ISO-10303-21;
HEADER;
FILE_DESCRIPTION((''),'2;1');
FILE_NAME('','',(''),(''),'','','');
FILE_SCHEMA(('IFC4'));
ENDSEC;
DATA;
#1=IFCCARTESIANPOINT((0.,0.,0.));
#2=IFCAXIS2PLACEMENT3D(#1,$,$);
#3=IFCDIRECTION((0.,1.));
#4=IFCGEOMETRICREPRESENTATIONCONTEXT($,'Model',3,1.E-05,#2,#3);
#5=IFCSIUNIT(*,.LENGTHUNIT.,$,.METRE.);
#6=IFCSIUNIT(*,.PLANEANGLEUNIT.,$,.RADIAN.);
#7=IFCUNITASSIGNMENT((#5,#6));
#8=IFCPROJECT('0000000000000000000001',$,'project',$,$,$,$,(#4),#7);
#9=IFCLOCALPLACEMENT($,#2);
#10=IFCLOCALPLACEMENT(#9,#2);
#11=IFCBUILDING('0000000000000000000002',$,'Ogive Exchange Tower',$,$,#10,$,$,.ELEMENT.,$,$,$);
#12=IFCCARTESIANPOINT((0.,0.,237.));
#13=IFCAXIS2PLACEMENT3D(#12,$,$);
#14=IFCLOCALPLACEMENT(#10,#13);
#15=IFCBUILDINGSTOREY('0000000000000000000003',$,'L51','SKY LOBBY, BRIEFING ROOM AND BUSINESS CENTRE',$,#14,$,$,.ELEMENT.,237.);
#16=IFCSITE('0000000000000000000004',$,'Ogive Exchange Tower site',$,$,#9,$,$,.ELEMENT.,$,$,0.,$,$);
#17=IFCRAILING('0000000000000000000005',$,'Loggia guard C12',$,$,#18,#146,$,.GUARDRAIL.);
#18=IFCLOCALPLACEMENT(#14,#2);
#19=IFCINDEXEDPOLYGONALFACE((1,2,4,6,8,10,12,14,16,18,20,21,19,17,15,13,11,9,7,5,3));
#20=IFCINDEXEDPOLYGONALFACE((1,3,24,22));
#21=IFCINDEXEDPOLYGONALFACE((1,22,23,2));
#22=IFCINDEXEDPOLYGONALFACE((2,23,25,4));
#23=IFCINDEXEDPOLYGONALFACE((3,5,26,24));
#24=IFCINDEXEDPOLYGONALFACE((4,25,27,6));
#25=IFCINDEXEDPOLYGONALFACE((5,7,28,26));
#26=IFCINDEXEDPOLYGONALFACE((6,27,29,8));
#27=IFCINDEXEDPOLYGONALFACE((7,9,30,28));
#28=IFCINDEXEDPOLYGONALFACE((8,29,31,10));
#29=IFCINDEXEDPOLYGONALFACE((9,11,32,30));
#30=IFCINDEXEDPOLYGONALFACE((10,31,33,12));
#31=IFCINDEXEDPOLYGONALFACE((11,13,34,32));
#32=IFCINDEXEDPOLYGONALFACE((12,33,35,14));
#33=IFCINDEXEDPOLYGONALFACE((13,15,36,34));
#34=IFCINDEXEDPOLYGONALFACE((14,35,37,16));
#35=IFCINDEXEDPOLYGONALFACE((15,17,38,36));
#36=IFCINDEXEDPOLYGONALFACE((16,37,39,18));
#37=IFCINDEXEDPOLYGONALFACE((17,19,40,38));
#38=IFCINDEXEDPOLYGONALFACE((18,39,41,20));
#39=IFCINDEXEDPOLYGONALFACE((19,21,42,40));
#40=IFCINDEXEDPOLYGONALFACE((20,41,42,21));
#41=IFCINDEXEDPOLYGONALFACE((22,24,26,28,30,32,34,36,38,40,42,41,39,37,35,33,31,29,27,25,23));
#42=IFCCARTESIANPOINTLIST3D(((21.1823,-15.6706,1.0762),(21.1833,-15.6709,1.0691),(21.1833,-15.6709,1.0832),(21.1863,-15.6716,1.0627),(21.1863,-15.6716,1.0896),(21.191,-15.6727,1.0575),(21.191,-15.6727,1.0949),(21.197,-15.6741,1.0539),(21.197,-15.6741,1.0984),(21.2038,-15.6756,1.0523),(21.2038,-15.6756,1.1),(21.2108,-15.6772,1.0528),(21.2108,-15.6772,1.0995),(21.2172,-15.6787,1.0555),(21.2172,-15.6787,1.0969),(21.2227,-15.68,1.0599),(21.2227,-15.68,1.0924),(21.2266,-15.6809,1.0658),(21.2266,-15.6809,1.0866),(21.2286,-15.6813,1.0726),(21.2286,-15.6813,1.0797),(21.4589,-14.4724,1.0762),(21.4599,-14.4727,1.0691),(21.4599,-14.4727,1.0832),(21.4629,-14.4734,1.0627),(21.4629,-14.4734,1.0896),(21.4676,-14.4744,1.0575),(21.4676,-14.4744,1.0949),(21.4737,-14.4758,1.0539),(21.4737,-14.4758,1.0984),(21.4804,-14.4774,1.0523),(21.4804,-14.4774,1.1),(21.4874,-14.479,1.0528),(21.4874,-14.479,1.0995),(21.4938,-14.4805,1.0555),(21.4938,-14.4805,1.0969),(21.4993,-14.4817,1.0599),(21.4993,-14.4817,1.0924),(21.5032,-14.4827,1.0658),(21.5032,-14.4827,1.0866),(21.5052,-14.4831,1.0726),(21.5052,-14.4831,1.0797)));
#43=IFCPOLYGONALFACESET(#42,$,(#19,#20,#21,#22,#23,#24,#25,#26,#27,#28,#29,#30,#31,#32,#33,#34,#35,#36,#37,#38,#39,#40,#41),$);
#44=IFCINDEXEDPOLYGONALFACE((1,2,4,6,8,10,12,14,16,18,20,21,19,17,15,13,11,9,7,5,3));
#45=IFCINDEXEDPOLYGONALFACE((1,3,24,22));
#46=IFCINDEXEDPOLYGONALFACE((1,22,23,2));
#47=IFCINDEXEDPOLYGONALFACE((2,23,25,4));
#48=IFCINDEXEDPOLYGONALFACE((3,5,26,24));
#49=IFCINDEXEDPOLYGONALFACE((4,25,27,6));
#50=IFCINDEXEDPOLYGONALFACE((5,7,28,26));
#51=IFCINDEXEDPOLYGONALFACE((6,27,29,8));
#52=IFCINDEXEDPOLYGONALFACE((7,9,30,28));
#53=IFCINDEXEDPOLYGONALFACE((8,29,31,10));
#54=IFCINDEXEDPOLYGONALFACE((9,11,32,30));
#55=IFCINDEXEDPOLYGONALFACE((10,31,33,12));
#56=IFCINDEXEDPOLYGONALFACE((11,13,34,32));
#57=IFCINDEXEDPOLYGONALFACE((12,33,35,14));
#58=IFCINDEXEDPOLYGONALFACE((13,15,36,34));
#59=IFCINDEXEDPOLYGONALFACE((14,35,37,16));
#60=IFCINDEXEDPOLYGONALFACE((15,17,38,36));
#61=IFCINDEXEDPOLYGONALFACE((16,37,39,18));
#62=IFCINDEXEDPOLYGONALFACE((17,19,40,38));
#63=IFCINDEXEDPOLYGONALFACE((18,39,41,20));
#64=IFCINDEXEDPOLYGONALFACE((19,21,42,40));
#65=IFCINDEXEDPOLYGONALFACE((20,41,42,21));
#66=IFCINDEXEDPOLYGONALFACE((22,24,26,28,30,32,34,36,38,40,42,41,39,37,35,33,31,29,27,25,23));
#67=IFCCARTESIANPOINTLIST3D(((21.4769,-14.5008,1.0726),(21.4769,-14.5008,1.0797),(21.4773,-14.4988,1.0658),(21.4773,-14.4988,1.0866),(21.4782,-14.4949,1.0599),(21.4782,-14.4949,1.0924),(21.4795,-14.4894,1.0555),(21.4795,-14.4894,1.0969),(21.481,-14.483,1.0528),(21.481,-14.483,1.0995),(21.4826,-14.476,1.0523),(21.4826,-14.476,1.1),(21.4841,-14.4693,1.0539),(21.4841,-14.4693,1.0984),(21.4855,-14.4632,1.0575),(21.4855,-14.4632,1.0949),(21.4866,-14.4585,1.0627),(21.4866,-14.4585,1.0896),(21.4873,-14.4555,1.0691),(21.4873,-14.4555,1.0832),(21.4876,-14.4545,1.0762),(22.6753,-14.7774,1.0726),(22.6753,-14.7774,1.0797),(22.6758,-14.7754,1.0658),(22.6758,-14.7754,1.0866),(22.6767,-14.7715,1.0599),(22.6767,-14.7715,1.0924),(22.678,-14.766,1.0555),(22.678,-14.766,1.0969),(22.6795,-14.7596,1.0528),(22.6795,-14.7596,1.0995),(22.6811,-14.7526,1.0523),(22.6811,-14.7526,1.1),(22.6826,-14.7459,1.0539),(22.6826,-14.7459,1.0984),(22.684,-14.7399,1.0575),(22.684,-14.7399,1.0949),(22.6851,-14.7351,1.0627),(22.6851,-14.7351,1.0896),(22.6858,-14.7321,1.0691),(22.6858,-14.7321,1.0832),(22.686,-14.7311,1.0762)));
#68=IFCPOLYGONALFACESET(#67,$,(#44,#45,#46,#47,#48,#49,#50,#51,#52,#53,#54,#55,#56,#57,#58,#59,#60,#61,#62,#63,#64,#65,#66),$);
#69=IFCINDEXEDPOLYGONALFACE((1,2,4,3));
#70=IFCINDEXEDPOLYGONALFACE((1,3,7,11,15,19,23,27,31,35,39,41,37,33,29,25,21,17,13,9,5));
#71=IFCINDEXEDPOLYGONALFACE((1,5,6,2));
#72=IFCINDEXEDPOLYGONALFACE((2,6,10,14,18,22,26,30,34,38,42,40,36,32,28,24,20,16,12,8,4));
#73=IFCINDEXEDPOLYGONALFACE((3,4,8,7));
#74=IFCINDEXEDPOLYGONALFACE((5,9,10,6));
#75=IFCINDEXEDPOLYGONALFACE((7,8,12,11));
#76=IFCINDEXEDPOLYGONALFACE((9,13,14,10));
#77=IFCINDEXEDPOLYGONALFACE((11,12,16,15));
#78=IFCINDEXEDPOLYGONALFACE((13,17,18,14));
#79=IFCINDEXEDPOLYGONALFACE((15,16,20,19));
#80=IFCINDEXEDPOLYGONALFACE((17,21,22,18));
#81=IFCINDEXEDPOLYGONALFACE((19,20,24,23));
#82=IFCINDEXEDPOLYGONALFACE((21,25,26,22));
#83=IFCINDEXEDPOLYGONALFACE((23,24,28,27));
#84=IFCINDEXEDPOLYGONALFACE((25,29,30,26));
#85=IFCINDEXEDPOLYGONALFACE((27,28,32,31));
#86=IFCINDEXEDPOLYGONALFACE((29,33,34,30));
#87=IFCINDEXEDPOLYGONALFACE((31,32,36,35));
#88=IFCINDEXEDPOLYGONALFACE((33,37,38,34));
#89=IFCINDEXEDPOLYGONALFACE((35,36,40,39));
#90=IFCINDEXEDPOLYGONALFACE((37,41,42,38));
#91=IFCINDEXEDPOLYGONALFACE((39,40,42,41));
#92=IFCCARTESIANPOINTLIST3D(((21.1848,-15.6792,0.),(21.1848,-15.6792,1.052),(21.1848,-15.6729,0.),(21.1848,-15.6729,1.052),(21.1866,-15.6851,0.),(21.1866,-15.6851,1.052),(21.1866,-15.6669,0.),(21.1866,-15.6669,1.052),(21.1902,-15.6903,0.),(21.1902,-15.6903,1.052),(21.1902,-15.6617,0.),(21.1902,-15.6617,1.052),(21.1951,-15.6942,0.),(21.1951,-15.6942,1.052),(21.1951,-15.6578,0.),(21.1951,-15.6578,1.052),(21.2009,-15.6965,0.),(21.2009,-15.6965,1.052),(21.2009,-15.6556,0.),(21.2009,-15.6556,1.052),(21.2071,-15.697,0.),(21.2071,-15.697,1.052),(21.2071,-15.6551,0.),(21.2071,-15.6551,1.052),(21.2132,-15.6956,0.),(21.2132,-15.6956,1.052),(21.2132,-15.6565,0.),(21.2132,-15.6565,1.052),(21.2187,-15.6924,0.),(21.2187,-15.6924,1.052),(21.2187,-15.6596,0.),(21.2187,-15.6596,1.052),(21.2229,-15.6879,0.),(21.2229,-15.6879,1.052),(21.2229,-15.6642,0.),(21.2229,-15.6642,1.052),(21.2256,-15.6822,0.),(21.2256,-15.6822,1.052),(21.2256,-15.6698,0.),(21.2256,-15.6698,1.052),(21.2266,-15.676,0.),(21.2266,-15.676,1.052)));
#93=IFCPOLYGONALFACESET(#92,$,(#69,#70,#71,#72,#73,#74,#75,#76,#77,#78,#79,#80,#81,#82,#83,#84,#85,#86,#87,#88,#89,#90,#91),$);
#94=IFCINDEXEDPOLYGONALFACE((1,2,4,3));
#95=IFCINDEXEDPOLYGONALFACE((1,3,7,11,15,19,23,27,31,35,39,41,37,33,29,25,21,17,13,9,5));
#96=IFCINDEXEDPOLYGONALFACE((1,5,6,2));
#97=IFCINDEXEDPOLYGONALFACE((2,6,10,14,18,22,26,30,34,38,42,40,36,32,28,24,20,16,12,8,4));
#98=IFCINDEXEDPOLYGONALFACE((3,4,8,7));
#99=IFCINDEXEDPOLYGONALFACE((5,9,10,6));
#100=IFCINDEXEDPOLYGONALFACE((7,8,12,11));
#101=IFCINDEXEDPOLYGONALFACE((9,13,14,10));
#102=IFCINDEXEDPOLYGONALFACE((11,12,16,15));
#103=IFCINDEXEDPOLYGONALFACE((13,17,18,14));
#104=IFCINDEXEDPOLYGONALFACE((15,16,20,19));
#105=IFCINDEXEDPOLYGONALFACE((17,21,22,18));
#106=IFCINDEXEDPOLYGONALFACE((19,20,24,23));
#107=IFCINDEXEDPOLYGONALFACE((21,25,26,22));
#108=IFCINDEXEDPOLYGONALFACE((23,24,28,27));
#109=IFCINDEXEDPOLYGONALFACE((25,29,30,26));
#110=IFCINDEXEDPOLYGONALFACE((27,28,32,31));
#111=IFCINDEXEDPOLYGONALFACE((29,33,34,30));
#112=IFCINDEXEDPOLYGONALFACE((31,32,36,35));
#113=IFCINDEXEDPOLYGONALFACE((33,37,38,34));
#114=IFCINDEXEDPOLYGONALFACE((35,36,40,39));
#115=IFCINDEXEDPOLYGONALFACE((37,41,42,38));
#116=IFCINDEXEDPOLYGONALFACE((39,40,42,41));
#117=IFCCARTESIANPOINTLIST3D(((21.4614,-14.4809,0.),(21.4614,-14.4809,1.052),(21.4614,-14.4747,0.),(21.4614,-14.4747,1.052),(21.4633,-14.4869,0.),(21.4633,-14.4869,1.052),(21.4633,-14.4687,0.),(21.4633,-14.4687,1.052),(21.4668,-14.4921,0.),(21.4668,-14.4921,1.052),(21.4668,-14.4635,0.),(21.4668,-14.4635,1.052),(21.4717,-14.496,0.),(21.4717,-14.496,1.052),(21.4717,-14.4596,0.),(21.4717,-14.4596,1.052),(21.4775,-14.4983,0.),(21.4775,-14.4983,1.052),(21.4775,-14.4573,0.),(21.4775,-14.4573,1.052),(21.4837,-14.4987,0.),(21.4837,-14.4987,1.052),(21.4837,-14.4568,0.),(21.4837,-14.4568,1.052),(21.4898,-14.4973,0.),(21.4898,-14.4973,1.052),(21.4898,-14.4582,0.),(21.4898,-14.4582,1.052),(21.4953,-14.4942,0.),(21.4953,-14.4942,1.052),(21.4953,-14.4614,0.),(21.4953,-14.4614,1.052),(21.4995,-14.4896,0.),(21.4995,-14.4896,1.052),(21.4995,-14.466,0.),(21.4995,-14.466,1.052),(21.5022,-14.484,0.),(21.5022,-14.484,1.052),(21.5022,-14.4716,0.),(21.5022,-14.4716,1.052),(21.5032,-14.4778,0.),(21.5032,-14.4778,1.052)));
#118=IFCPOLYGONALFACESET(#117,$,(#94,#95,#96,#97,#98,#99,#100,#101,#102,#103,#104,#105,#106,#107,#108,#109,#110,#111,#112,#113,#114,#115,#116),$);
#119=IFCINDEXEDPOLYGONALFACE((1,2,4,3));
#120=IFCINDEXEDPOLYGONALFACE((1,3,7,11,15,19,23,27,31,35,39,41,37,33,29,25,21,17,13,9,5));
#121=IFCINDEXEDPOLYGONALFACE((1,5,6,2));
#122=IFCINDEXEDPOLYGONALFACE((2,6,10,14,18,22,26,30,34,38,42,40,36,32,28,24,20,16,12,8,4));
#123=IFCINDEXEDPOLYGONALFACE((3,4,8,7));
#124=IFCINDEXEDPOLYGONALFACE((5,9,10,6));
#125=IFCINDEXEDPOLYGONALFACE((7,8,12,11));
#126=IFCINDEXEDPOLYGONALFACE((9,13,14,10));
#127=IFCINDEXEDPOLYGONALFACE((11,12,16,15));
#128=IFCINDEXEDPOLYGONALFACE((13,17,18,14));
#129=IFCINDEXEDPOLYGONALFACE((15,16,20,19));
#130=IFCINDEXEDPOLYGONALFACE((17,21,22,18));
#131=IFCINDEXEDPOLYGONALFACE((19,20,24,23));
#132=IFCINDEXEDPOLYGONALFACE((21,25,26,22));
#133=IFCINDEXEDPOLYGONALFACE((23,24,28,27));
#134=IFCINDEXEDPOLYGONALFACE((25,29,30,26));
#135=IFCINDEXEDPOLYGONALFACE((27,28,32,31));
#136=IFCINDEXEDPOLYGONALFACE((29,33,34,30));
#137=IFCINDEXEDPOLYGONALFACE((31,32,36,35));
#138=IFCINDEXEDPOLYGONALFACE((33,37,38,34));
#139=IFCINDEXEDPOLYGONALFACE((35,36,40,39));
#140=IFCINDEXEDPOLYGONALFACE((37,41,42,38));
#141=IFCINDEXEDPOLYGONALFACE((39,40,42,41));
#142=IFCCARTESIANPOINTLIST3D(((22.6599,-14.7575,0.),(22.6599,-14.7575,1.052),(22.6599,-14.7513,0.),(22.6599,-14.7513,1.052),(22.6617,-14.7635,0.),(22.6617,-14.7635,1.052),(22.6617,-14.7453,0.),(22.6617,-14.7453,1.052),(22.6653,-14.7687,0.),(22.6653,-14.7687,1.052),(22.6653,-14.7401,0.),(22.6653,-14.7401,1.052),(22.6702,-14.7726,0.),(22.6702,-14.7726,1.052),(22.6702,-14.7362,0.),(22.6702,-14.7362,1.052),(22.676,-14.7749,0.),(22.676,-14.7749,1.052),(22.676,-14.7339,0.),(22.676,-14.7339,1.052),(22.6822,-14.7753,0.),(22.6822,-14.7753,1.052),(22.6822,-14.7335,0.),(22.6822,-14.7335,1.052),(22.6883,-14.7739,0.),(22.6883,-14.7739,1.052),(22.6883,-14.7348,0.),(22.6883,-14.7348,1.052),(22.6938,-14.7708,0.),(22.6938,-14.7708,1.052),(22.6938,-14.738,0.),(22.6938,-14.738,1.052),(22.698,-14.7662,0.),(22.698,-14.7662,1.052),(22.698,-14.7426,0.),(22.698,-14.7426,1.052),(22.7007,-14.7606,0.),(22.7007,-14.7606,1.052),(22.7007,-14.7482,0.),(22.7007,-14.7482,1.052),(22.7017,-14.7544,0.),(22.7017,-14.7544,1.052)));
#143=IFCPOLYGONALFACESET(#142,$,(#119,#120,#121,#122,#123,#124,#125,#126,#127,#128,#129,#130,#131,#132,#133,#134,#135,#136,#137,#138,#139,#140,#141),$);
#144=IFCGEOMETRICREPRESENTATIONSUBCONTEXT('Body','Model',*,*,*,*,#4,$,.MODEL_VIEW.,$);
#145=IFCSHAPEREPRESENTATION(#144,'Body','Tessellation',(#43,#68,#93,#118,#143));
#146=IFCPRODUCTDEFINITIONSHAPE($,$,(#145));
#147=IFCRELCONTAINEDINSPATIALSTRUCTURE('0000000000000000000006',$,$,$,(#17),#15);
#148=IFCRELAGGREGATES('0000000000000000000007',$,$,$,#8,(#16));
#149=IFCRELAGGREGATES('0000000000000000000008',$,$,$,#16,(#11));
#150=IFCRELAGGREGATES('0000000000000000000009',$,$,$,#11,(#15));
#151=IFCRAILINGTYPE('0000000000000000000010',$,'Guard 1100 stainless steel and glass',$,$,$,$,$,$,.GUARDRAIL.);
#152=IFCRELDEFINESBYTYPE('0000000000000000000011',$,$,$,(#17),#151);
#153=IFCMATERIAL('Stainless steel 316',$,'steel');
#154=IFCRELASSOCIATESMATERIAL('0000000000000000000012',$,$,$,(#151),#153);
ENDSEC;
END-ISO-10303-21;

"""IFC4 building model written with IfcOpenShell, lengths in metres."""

from ifc_helpers import new_model, si_unit, direction, frame, origin, origin_2d, place, context, subcontext, project, spatial, circle, extrude, material, type_object, element, save


model = new_model("IFC4")

# Units and contexts
model_context = context("Model", 3, precision=1e-05, world=origin(), true_north=direction((0.0, 1.0)))
body_context = subcontext(model_context, "Body", "Model", "MODEL_VIEW")
ifc_project = project(units=[si_unit("LENGTHUNIT", "METRE"), si_unit("PLANEANGLEUNIT", "RADIAN")], contexts=[model_context])

# Site, building, storey
site_placement = place(None, origin())
site = spatial("IfcSite", under=ifc_project, at=site_placement, Name="Ogive Exchange Tower site", CompositionType="ELEMENT", RefElevation=0.0)
building_placement = place(site_placement, origin())
building = spatial("IfcBuilding", under=site, at=building_placement, Name="Ogive Exchange Tower", CompositionType="ELEMENT")
storey_placement = place(building_placement, frame((0.0, 0.0, 237.0)))
storey = spatial("IfcBuildingStorey", under=building, at=storey_placement, Name="L51", Description="SKY LOBBY, BRIEFING ROOM AND BUSINESS CENTRE", CompositionType="ELEMENT", Elevation=237.0)

# Railing
ifc_material_1 = material(Name="Stainless steel 316", Category="steel")
railing_type_1 = type_object("IfcRailingType", Name="Guard 1100 stainless steel and glass", PredefinedType="GUARDRAIL", material=ifc_material_1)
railing_1_placement = place(storey_placement, frame((21.2056, -15.676, 0.0)))
element("IfcRailing", 1, at=railing_1_placement, inside=storey, type_object=railing_type_1, Name="Loggia guard C12", PredefinedType="GUARDRAIL", context=body_context, shape_type="SweptSolid", body=[
    extrude(circle(Radius=0.0239, at=origin_2d()), frame((0.0, 0.0, 1.0762), z_axis=(0.224932, 0.974374, 0.0), x_axis=(-0.974374, 0.224932, 0.0)), (0.0, 0.0, 1.0), 1.2297),
    extrude(circle(Radius=0.0239, at=origin_2d()), frame((0.2766, 1.1982, 1.0762), z_axis=(0.974385, -0.224888, 0.0), x_axis=(0.224888, 0.974385, 0.0)), (0.0, 0.0, 1.0), 1.23),
    extrude(circle(Radius=0.021, at=origin_2d()), origin(), (0.0, 0.0, 1.0), 1.052),
    extrude(circle(Radius=0.021, at=origin_2d()), frame((0.2766, 1.1982, 0.0)), (0.0, 0.0, 1.0), 1.052),
    extrude(circle(Radius=0.021, at=origin_2d()), frame((1.4751, 0.9216, 0.0)), (0.0, 0.0, 1.0), 1.052),
])

save(model, "model.ifc")
